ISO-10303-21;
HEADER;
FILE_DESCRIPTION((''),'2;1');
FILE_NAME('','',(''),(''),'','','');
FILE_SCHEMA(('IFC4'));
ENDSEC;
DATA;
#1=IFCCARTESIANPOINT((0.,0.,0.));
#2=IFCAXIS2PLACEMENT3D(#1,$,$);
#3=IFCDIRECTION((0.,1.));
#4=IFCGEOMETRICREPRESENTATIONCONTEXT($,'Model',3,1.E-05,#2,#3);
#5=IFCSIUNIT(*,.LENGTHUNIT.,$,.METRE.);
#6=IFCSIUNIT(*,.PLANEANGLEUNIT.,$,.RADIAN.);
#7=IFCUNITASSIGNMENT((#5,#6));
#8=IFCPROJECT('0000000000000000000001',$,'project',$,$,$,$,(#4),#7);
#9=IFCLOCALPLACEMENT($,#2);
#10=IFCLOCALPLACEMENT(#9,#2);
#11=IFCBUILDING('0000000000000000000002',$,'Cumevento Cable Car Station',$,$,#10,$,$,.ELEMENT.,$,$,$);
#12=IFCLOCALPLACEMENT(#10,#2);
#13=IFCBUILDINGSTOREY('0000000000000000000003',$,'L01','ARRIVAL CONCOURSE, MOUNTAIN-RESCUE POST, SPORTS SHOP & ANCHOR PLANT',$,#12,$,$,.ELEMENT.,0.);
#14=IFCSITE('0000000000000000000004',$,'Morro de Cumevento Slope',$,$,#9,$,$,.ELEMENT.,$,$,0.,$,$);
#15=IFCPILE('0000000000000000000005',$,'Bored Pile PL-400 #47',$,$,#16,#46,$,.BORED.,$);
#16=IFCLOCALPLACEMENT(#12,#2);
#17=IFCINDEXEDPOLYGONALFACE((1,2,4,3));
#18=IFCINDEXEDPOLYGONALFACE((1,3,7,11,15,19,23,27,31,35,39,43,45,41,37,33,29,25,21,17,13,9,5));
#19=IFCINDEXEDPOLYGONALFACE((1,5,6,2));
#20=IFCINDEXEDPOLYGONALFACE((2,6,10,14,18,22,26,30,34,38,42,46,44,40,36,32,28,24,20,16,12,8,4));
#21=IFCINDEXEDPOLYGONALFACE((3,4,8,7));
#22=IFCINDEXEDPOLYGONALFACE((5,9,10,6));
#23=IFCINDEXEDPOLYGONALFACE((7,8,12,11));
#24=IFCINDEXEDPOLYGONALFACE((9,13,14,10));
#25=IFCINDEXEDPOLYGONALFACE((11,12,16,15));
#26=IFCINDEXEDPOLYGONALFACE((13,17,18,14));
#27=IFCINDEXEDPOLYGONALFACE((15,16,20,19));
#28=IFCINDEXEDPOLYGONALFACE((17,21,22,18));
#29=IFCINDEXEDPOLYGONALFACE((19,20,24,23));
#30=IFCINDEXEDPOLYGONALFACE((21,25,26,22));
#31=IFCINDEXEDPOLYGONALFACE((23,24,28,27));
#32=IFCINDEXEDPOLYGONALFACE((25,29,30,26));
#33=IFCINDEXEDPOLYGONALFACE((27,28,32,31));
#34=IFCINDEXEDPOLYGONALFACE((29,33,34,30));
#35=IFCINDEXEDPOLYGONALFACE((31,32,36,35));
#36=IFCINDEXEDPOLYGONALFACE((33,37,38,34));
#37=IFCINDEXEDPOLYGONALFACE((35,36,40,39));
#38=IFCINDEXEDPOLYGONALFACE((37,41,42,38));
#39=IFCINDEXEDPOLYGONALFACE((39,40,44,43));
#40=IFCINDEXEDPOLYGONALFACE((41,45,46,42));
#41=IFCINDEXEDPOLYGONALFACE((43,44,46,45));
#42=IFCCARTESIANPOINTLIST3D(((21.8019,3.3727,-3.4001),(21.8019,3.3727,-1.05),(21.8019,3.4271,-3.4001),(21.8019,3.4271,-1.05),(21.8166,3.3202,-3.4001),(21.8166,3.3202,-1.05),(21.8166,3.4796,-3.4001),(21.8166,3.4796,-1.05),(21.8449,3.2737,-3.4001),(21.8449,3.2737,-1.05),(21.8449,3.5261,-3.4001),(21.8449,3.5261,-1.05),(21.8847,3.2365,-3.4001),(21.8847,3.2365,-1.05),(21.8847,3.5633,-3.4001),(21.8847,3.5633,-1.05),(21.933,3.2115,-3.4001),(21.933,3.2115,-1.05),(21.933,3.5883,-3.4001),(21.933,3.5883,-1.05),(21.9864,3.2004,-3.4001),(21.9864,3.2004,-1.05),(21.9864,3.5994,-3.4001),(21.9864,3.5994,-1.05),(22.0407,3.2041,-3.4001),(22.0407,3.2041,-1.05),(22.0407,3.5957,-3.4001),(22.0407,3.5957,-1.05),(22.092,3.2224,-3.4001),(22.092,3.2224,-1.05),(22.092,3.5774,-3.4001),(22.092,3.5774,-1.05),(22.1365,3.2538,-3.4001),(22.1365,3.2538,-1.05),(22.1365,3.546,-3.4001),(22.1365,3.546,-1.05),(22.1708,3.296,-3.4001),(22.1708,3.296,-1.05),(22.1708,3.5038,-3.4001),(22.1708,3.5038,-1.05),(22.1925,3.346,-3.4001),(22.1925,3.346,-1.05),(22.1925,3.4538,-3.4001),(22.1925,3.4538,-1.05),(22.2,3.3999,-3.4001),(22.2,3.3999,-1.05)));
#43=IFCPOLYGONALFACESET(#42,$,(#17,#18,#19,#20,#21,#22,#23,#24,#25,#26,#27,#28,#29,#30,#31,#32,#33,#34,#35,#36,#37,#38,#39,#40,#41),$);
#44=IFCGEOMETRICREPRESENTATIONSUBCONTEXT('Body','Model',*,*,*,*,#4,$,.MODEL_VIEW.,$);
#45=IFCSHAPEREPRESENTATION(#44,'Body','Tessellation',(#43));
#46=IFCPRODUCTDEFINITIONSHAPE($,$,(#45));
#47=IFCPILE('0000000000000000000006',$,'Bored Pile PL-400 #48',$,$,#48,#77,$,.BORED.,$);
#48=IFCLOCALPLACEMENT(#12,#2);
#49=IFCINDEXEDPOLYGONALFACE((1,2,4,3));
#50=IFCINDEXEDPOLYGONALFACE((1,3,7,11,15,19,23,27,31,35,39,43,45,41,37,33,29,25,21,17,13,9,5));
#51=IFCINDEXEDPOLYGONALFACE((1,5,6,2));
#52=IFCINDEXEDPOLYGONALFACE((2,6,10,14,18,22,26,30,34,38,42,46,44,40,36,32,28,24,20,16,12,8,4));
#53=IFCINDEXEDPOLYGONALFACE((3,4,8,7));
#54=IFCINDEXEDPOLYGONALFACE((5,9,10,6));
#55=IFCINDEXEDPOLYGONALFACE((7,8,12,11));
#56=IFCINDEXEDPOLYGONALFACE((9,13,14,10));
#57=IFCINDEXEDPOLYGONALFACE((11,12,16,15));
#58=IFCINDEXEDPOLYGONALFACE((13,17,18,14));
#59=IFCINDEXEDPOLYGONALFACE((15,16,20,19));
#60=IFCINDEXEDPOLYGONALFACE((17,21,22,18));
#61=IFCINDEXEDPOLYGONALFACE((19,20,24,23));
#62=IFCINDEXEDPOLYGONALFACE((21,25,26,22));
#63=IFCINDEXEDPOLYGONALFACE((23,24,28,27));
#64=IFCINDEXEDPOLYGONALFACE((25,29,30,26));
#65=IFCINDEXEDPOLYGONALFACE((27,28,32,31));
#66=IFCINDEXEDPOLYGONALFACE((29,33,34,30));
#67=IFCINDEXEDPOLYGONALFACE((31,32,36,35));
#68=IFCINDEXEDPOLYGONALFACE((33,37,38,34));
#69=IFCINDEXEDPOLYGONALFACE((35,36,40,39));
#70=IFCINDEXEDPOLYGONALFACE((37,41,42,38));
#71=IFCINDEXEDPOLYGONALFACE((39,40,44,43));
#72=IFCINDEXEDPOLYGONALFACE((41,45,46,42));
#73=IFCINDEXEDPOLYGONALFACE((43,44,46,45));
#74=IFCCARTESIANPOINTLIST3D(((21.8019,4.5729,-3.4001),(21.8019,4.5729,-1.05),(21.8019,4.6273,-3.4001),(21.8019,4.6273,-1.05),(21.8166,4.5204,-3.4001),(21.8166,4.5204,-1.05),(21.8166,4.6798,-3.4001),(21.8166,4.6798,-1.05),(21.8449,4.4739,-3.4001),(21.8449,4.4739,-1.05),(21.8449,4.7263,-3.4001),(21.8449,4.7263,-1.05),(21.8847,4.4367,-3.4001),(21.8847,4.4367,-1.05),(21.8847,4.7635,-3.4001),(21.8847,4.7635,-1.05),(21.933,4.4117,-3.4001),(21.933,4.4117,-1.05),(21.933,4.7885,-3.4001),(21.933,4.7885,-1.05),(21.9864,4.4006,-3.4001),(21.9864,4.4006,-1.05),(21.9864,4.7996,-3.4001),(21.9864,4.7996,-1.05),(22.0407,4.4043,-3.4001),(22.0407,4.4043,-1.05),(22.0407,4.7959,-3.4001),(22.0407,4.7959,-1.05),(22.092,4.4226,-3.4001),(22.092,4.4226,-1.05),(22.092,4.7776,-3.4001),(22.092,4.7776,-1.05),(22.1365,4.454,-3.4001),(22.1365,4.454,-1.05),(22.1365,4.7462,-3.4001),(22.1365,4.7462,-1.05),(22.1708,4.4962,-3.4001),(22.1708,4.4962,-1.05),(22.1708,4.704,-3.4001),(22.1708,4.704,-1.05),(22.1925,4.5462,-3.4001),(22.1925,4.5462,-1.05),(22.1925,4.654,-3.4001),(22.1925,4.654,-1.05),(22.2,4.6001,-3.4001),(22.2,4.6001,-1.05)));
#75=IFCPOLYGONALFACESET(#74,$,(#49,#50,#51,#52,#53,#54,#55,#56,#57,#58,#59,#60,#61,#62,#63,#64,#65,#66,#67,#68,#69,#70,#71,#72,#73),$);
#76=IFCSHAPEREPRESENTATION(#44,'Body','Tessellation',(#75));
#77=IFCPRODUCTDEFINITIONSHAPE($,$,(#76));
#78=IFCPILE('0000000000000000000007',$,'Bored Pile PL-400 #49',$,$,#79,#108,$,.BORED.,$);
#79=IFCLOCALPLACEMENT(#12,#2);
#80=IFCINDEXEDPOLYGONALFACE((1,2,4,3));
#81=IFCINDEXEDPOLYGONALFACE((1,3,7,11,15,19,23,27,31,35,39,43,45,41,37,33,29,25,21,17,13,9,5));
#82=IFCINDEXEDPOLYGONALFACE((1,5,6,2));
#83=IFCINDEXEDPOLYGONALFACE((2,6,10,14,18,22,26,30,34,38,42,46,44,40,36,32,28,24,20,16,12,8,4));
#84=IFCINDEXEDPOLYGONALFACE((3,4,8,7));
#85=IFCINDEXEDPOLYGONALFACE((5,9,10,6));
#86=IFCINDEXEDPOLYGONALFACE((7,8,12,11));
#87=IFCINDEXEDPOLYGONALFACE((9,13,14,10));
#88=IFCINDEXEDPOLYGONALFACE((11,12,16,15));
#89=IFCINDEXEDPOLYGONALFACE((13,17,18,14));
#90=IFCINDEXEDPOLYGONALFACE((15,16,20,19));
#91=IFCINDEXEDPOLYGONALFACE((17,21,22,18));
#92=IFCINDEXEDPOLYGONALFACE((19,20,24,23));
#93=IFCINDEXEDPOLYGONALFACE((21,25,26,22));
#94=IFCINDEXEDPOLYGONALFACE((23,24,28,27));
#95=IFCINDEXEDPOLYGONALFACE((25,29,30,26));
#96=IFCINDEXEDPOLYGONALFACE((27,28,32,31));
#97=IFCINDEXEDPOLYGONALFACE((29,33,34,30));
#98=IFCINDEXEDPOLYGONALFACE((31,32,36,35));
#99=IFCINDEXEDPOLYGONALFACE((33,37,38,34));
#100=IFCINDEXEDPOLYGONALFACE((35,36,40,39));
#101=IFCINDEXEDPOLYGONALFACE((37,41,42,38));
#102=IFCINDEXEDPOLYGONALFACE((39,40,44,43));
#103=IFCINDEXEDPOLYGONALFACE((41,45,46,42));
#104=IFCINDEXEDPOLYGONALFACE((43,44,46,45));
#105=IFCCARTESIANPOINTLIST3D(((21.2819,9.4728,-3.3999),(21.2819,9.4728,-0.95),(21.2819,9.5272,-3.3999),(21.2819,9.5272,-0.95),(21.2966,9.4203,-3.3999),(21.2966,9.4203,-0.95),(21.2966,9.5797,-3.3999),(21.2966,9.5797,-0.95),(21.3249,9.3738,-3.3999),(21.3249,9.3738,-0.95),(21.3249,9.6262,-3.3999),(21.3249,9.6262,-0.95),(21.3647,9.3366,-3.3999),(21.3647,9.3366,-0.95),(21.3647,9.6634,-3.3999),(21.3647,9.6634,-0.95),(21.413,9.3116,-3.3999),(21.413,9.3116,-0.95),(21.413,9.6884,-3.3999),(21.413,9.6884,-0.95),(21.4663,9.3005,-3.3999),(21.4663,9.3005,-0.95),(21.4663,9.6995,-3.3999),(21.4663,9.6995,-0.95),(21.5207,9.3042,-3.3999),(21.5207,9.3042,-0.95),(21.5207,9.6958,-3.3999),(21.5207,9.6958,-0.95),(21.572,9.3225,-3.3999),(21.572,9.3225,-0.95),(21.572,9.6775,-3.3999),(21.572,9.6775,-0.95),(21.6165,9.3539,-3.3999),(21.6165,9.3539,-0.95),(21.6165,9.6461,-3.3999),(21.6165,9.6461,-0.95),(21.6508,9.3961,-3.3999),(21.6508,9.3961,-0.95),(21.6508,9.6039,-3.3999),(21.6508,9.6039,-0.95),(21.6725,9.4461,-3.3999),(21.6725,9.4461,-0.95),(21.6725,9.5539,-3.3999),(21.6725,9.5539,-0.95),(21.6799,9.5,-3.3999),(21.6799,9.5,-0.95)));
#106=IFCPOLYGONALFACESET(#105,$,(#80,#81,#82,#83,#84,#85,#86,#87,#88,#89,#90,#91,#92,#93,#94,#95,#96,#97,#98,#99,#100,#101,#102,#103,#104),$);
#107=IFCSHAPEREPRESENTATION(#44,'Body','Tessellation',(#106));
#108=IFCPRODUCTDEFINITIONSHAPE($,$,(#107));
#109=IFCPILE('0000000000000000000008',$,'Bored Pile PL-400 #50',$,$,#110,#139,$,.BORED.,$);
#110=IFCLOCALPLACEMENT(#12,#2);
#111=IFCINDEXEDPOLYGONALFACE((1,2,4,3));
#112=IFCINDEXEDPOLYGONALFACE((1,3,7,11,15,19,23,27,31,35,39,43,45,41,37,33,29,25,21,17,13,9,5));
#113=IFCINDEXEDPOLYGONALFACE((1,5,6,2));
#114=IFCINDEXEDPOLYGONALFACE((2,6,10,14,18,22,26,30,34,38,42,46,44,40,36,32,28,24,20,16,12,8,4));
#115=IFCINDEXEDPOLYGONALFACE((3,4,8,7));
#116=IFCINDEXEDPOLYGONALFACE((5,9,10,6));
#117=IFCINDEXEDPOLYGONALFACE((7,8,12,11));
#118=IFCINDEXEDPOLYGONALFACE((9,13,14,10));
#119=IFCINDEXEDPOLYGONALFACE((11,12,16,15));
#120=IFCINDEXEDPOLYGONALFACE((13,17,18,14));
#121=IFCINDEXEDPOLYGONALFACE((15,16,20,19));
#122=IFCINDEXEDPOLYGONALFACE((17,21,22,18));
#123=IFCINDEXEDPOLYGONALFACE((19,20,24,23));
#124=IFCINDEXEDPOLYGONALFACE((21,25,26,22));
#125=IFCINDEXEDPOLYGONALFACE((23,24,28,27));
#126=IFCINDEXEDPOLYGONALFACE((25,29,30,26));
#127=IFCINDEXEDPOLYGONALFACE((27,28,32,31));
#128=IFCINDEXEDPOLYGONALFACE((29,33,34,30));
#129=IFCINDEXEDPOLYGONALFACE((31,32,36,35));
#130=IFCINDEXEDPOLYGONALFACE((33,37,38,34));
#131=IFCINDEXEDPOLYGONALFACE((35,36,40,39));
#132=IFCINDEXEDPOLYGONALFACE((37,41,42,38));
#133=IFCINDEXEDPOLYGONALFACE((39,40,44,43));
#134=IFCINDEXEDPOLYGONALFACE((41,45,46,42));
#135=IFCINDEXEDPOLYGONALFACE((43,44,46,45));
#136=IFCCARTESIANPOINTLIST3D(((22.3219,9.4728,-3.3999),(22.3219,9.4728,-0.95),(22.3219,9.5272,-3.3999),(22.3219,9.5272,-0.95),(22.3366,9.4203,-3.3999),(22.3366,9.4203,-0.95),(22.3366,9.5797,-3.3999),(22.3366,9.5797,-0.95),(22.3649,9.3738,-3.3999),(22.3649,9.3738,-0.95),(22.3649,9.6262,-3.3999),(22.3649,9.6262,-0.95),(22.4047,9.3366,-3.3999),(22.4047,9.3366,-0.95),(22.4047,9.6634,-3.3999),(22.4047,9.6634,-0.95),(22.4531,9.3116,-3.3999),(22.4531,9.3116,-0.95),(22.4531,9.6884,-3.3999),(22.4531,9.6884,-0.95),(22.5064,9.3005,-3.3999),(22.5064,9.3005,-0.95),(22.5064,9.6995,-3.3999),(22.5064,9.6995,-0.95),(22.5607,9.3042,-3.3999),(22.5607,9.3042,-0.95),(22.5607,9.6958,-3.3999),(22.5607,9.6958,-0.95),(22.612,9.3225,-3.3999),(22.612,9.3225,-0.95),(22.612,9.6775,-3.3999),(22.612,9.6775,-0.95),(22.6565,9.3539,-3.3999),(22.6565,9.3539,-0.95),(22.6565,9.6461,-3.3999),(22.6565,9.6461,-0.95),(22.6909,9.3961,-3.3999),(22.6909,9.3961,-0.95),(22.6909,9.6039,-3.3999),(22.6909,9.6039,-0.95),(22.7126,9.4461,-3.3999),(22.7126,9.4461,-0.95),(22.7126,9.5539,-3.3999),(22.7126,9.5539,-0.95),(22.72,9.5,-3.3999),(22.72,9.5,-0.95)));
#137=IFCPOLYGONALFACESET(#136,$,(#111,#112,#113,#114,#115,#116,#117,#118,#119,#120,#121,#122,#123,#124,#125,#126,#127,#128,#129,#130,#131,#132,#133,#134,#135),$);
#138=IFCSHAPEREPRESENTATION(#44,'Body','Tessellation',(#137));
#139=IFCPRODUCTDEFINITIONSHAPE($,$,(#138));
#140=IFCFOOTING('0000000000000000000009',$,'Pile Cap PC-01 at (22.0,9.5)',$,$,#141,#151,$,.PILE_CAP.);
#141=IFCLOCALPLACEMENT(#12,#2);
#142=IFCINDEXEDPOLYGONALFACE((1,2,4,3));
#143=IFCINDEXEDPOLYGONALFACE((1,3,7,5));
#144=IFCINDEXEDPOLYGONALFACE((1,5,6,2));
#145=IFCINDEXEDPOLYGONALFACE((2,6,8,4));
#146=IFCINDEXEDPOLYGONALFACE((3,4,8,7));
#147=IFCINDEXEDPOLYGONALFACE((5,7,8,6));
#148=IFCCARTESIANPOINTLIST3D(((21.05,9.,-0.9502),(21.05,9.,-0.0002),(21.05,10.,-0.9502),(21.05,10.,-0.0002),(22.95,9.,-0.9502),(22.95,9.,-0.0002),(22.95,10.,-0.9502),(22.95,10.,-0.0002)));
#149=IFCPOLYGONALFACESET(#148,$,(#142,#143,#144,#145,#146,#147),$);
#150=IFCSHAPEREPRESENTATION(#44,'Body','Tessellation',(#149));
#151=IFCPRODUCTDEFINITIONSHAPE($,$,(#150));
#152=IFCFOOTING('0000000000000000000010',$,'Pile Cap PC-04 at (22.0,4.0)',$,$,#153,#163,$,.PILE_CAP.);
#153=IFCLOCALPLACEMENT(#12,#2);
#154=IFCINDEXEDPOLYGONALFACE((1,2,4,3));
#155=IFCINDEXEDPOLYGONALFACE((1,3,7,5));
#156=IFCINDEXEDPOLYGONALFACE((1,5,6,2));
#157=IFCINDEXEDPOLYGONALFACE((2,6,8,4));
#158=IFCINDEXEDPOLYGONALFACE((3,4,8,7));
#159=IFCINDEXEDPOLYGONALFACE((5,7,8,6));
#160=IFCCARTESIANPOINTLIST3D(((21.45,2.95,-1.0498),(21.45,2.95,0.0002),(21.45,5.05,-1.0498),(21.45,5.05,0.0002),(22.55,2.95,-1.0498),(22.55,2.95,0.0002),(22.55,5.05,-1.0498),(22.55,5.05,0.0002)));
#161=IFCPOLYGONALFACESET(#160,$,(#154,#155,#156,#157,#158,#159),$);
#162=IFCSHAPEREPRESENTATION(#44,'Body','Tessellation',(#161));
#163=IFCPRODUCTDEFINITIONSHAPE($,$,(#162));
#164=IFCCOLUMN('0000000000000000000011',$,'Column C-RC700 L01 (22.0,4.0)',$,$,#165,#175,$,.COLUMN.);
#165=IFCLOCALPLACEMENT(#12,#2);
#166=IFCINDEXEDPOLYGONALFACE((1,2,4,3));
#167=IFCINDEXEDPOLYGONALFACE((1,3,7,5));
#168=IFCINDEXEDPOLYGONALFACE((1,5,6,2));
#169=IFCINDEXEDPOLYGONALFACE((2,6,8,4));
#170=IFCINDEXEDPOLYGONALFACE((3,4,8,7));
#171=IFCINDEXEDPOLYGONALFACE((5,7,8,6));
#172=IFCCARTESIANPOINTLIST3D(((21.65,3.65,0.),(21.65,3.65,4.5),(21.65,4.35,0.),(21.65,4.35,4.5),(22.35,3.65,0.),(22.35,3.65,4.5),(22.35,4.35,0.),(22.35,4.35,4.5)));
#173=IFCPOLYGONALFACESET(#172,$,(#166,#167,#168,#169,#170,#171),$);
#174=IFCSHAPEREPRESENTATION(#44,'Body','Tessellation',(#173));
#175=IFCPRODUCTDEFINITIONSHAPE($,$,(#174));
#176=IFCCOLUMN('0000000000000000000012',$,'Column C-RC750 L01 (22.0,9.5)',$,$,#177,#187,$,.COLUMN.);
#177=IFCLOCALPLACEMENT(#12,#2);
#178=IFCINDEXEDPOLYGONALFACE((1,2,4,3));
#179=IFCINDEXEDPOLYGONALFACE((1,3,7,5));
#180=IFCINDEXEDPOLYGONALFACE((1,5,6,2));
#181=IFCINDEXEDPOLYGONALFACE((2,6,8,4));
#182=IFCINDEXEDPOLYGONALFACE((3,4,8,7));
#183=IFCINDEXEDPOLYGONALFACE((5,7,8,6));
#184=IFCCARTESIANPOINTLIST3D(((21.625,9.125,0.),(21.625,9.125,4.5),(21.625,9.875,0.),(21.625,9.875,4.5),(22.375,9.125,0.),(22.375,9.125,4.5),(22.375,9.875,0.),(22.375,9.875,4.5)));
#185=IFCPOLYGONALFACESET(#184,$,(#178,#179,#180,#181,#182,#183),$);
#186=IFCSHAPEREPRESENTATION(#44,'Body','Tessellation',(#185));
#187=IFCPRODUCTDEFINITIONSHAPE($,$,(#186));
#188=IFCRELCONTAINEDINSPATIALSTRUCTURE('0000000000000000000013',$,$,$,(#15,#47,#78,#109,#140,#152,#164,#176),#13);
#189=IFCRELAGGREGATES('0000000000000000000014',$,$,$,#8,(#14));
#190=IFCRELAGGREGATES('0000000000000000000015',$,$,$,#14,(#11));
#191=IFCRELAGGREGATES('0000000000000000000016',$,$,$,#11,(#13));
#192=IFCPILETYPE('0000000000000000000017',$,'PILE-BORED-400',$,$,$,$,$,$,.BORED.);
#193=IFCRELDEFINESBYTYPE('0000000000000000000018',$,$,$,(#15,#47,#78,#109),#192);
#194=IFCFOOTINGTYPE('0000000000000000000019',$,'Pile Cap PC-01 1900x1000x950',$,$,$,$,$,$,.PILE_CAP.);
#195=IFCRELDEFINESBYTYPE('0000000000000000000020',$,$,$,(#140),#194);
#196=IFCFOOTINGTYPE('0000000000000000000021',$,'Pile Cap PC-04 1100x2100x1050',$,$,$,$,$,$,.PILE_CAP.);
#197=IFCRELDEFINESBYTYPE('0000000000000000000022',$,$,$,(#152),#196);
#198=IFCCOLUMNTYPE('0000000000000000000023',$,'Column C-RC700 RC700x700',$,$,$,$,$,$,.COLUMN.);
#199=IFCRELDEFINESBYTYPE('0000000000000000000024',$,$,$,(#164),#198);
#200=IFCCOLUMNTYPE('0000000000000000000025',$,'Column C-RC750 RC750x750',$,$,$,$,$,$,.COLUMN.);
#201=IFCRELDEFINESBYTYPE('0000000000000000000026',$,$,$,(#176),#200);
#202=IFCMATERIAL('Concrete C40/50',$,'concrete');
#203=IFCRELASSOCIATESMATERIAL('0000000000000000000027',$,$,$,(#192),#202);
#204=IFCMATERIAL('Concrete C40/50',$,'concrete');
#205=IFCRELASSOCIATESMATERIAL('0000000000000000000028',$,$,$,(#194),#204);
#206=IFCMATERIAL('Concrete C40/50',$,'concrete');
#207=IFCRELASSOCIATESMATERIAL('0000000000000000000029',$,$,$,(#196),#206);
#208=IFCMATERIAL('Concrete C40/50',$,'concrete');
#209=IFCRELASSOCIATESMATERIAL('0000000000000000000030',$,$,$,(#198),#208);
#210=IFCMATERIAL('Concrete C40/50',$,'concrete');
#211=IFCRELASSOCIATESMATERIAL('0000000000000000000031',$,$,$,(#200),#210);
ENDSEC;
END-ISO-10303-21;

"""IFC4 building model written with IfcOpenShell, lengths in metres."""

from ifc_helpers import new_model, si_unit, direction, frame, origin, origin_2d, place, context, subcontext, project, spatial, rectangle, circle, extrude, material, material_profile, profile_set, type_object, element, save


model = new_model("IFC4")

# Units and contexts
model_context = context("Model", 3, precision=1e-05, world=origin(), true_north=direction((0.0, 1.0)))
body_context = subcontext(model_context, "Body", "Model", "MODEL_VIEW")
ifc_project = project(units=[si_unit("LENGTHUNIT", "METRE"), si_unit("PLANEANGLEUNIT", "RADIAN")], contexts=[model_context])

# Site, building, storey
site_placement = place(None, origin())
site = spatial("IfcSite", under=ifc_project, at=site_placement, Name="Morro de Cumevento Slope", CompositionType="ELEMENT", RefElevation=0.0)
building_placement = place(site_placement, origin())
building = spatial("IfcBuilding", under=site, at=building_placement, Name="Cumevento Cable Car Station", CompositionType="ELEMENT")
storey_placement = place(building_placement, origin())
storey = spatial("IfcBuildingStorey", under=building, at=storey_placement, Name="L01", Description="ARRIVAL CONCOURSE, MOUNTAIN-RESCUE POST, SPORTS SHOP & ANCHOR PLANT", CompositionType="ELEMENT", Elevation=0.0)

# Piles
ifc_material_1 = material(Name="Concrete C40/50", Category="concrete")
ifc_material_profile_1 = material_profile(ifc_material_1, circle(Radius=0.2, at=origin_2d()), Name="PILE-D400")
ifc_profile_set_1 = profile_set([ifc_material_profile_1], Name="Concrete C40/50")
pile_type = type_object("IfcPileType", Name="PILE-BORED-400", PredefinedType="BORED", material=ifc_profile_set_1)
for number, where, z_axis, x_axis, name in (
    (1, (22.0, 3.3999, -1.05), (0.0, 0.0, -1.0), (1.0, 0.0, 0.0), "Bored Pile PL-400 #47"),
    (2, (22.0, 4.6001, -1.05), (0.0, 0.0, -1.0), (1.0, 0.0, 0.0), "Bored Pile PL-400 #48"),
):
    element("IfcPile", number, at=place(storey_placement, frame(where, z_axis=z_axis, x_axis=x_axis)), inside=storey, type_object=pile_type, Name=name, PredefinedType="BORED", context=body_context, shape_type="SweptSolid", body=[
        extrude(circle(Radius=0.2, at=origin_2d()), origin(), (0.0, 0.0, 1.0), 2.3501),
    ])
for number, where, z_axis, x_axis, name in (
    (3, (21.48, 9.5, -0.95), (0.0, 0.0, -1.0), (1.0, 0.0, 0.0), "Bored Pile PL-400 #49"),
    (4, (22.52, 9.5, -0.95), (0.0, 0.0, -1.0), (1.0, 0.0, 0.0), "Bored Pile PL-400 #50"),
):
    element("IfcPile", number, at=place(storey_placement, frame(where, z_axis=z_axis, x_axis=x_axis)), inside=storey, type_object=pile_type, Name=name, PredefinedType="BORED", context=body_context, shape_type="SweptSolid", body=[
        extrude(circle(Radius=0.2, at=origin_2d()), origin(), (0.0, 0.0, 1.0), 2.45),
    ])

# Footings
ifc_material_2 = material(Name="Concrete C40/50", Category="concrete")
footing_type_1 = type_object("IfcFootingType", Name="Pile Cap PC-01 1900x1000x950", PredefinedType="PILE_CAP", material=ifc_material_2)
footing_1_placement = place(storey_placement, frame((22.0, 9.5, -0.9502), z_axis=(0.0, 0.0, 1.0), x_axis=(1.0, 0.0, 0.0)))
element("IfcFooting", 5, at=footing_1_placement, inside=storey, type_object=footing_type_1, Name="Pile Cap PC-01 at (22.0,9.5)", PredefinedType="PILE_CAP", context=body_context, shape_type="SweptSolid", body=[
    extrude(rectangle(XDim=1.8999, YDim=1.0, at=origin_2d()), origin(), (0.0, 0.0, 1.0), 0.95),
])
ifc_material_3 = material(Name="Concrete C40/50", Category="concrete")
footing_type_2 = type_object("IfcFootingType", Name="Pile Cap PC-04 1100x2100x1050", PredefinedType="PILE_CAP", material=ifc_material_3)
footing_2_placement = place(storey_placement, frame((22.0, 4.0, -1.0498), z_axis=(0.0, 0.0, 1.0), x_axis=(1.0, 0.0, 0.0)))
element("IfcFooting", 6, at=footing_2_placement, inside=storey, type_object=footing_type_2, Name="Pile Cap PC-04 at (22.0,4.0)", PredefinedType="PILE_CAP", context=body_context, shape_type="SweptSolid", body=[
    extrude(rectangle(XDim=1.1001, YDim=2.1001, at=origin_2d()), origin(), (0.0, 0.0, 1.0), 1.05),
])

# Columns
ifc_material_4 = material(Name="Concrete C40/50", Category="concrete")
ifc_material_profile_2 = material_profile(ifc_material_4, rectangle(XDim=0.7, YDim=0.7, at=origin_2d()), Name="RC700x700")
ifc_profile_set_2 = profile_set([ifc_material_profile_2], Name="Concrete C40/50")
column_type_1 = type_object("IfcColumnType", Name="Column C-RC700 RC700x700", PredefinedType="COLUMN", material=ifc_profile_set_2)
column_1_placement = place(storey_placement, frame((22.0, 4.0, 0.0), z_axis=(0.0, 0.0, 1.0), x_axis=(1.0, 0.0, 0.0)))
element("IfcColumn", 7, at=column_1_placement, inside=storey, type_object=column_type_1, Name="Column C-RC700 L01 (22.0,4.0)", PredefinedType="COLUMN", context=body_context, shape_type="SweptSolid", body=[
    extrude(rectangle(XDim=0.7, YDim=0.7, at=origin_2d()), origin(), (0.0, 0.0, 1.0), 4.5),
])
ifc_material_5 = material(Name="Concrete C40/50", Category="concrete")
ifc_material_profile_3 = material_profile(ifc_material_5, rectangle(XDim=0.75, YDim=0.75, at=origin_2d()), Name="RC750x750")
ifc_profile_set_3 = profile_set([ifc_material_profile_3], Name="Concrete C40/50")
column_type_2 = type_object("IfcColumnType", Name="Column C-RC750 RC750x750", PredefinedType="COLUMN", material=ifc_profile_set_3)
column_2_placement = place(storey_placement, frame((22.0, 9.5, 0.0), z_axis=(0.0, 0.0, 1.0), x_axis=(1.0, 0.0, 0.0)))
element("IfcColumn", 8, at=column_2_placement, inside=storey, type_object=column_type_2, Name="Column C-RC750 L01 (22.0,9.5)", PredefinedType="COLUMN", context=body_context, shape_type="SweptSolid", body=[
    extrude(rectangle(XDim=0.75, YDim=0.75, at=origin_2d()), origin(), (0.0, 0.0, 1.0), 4.5),
])

save(model, "model.ifc")
